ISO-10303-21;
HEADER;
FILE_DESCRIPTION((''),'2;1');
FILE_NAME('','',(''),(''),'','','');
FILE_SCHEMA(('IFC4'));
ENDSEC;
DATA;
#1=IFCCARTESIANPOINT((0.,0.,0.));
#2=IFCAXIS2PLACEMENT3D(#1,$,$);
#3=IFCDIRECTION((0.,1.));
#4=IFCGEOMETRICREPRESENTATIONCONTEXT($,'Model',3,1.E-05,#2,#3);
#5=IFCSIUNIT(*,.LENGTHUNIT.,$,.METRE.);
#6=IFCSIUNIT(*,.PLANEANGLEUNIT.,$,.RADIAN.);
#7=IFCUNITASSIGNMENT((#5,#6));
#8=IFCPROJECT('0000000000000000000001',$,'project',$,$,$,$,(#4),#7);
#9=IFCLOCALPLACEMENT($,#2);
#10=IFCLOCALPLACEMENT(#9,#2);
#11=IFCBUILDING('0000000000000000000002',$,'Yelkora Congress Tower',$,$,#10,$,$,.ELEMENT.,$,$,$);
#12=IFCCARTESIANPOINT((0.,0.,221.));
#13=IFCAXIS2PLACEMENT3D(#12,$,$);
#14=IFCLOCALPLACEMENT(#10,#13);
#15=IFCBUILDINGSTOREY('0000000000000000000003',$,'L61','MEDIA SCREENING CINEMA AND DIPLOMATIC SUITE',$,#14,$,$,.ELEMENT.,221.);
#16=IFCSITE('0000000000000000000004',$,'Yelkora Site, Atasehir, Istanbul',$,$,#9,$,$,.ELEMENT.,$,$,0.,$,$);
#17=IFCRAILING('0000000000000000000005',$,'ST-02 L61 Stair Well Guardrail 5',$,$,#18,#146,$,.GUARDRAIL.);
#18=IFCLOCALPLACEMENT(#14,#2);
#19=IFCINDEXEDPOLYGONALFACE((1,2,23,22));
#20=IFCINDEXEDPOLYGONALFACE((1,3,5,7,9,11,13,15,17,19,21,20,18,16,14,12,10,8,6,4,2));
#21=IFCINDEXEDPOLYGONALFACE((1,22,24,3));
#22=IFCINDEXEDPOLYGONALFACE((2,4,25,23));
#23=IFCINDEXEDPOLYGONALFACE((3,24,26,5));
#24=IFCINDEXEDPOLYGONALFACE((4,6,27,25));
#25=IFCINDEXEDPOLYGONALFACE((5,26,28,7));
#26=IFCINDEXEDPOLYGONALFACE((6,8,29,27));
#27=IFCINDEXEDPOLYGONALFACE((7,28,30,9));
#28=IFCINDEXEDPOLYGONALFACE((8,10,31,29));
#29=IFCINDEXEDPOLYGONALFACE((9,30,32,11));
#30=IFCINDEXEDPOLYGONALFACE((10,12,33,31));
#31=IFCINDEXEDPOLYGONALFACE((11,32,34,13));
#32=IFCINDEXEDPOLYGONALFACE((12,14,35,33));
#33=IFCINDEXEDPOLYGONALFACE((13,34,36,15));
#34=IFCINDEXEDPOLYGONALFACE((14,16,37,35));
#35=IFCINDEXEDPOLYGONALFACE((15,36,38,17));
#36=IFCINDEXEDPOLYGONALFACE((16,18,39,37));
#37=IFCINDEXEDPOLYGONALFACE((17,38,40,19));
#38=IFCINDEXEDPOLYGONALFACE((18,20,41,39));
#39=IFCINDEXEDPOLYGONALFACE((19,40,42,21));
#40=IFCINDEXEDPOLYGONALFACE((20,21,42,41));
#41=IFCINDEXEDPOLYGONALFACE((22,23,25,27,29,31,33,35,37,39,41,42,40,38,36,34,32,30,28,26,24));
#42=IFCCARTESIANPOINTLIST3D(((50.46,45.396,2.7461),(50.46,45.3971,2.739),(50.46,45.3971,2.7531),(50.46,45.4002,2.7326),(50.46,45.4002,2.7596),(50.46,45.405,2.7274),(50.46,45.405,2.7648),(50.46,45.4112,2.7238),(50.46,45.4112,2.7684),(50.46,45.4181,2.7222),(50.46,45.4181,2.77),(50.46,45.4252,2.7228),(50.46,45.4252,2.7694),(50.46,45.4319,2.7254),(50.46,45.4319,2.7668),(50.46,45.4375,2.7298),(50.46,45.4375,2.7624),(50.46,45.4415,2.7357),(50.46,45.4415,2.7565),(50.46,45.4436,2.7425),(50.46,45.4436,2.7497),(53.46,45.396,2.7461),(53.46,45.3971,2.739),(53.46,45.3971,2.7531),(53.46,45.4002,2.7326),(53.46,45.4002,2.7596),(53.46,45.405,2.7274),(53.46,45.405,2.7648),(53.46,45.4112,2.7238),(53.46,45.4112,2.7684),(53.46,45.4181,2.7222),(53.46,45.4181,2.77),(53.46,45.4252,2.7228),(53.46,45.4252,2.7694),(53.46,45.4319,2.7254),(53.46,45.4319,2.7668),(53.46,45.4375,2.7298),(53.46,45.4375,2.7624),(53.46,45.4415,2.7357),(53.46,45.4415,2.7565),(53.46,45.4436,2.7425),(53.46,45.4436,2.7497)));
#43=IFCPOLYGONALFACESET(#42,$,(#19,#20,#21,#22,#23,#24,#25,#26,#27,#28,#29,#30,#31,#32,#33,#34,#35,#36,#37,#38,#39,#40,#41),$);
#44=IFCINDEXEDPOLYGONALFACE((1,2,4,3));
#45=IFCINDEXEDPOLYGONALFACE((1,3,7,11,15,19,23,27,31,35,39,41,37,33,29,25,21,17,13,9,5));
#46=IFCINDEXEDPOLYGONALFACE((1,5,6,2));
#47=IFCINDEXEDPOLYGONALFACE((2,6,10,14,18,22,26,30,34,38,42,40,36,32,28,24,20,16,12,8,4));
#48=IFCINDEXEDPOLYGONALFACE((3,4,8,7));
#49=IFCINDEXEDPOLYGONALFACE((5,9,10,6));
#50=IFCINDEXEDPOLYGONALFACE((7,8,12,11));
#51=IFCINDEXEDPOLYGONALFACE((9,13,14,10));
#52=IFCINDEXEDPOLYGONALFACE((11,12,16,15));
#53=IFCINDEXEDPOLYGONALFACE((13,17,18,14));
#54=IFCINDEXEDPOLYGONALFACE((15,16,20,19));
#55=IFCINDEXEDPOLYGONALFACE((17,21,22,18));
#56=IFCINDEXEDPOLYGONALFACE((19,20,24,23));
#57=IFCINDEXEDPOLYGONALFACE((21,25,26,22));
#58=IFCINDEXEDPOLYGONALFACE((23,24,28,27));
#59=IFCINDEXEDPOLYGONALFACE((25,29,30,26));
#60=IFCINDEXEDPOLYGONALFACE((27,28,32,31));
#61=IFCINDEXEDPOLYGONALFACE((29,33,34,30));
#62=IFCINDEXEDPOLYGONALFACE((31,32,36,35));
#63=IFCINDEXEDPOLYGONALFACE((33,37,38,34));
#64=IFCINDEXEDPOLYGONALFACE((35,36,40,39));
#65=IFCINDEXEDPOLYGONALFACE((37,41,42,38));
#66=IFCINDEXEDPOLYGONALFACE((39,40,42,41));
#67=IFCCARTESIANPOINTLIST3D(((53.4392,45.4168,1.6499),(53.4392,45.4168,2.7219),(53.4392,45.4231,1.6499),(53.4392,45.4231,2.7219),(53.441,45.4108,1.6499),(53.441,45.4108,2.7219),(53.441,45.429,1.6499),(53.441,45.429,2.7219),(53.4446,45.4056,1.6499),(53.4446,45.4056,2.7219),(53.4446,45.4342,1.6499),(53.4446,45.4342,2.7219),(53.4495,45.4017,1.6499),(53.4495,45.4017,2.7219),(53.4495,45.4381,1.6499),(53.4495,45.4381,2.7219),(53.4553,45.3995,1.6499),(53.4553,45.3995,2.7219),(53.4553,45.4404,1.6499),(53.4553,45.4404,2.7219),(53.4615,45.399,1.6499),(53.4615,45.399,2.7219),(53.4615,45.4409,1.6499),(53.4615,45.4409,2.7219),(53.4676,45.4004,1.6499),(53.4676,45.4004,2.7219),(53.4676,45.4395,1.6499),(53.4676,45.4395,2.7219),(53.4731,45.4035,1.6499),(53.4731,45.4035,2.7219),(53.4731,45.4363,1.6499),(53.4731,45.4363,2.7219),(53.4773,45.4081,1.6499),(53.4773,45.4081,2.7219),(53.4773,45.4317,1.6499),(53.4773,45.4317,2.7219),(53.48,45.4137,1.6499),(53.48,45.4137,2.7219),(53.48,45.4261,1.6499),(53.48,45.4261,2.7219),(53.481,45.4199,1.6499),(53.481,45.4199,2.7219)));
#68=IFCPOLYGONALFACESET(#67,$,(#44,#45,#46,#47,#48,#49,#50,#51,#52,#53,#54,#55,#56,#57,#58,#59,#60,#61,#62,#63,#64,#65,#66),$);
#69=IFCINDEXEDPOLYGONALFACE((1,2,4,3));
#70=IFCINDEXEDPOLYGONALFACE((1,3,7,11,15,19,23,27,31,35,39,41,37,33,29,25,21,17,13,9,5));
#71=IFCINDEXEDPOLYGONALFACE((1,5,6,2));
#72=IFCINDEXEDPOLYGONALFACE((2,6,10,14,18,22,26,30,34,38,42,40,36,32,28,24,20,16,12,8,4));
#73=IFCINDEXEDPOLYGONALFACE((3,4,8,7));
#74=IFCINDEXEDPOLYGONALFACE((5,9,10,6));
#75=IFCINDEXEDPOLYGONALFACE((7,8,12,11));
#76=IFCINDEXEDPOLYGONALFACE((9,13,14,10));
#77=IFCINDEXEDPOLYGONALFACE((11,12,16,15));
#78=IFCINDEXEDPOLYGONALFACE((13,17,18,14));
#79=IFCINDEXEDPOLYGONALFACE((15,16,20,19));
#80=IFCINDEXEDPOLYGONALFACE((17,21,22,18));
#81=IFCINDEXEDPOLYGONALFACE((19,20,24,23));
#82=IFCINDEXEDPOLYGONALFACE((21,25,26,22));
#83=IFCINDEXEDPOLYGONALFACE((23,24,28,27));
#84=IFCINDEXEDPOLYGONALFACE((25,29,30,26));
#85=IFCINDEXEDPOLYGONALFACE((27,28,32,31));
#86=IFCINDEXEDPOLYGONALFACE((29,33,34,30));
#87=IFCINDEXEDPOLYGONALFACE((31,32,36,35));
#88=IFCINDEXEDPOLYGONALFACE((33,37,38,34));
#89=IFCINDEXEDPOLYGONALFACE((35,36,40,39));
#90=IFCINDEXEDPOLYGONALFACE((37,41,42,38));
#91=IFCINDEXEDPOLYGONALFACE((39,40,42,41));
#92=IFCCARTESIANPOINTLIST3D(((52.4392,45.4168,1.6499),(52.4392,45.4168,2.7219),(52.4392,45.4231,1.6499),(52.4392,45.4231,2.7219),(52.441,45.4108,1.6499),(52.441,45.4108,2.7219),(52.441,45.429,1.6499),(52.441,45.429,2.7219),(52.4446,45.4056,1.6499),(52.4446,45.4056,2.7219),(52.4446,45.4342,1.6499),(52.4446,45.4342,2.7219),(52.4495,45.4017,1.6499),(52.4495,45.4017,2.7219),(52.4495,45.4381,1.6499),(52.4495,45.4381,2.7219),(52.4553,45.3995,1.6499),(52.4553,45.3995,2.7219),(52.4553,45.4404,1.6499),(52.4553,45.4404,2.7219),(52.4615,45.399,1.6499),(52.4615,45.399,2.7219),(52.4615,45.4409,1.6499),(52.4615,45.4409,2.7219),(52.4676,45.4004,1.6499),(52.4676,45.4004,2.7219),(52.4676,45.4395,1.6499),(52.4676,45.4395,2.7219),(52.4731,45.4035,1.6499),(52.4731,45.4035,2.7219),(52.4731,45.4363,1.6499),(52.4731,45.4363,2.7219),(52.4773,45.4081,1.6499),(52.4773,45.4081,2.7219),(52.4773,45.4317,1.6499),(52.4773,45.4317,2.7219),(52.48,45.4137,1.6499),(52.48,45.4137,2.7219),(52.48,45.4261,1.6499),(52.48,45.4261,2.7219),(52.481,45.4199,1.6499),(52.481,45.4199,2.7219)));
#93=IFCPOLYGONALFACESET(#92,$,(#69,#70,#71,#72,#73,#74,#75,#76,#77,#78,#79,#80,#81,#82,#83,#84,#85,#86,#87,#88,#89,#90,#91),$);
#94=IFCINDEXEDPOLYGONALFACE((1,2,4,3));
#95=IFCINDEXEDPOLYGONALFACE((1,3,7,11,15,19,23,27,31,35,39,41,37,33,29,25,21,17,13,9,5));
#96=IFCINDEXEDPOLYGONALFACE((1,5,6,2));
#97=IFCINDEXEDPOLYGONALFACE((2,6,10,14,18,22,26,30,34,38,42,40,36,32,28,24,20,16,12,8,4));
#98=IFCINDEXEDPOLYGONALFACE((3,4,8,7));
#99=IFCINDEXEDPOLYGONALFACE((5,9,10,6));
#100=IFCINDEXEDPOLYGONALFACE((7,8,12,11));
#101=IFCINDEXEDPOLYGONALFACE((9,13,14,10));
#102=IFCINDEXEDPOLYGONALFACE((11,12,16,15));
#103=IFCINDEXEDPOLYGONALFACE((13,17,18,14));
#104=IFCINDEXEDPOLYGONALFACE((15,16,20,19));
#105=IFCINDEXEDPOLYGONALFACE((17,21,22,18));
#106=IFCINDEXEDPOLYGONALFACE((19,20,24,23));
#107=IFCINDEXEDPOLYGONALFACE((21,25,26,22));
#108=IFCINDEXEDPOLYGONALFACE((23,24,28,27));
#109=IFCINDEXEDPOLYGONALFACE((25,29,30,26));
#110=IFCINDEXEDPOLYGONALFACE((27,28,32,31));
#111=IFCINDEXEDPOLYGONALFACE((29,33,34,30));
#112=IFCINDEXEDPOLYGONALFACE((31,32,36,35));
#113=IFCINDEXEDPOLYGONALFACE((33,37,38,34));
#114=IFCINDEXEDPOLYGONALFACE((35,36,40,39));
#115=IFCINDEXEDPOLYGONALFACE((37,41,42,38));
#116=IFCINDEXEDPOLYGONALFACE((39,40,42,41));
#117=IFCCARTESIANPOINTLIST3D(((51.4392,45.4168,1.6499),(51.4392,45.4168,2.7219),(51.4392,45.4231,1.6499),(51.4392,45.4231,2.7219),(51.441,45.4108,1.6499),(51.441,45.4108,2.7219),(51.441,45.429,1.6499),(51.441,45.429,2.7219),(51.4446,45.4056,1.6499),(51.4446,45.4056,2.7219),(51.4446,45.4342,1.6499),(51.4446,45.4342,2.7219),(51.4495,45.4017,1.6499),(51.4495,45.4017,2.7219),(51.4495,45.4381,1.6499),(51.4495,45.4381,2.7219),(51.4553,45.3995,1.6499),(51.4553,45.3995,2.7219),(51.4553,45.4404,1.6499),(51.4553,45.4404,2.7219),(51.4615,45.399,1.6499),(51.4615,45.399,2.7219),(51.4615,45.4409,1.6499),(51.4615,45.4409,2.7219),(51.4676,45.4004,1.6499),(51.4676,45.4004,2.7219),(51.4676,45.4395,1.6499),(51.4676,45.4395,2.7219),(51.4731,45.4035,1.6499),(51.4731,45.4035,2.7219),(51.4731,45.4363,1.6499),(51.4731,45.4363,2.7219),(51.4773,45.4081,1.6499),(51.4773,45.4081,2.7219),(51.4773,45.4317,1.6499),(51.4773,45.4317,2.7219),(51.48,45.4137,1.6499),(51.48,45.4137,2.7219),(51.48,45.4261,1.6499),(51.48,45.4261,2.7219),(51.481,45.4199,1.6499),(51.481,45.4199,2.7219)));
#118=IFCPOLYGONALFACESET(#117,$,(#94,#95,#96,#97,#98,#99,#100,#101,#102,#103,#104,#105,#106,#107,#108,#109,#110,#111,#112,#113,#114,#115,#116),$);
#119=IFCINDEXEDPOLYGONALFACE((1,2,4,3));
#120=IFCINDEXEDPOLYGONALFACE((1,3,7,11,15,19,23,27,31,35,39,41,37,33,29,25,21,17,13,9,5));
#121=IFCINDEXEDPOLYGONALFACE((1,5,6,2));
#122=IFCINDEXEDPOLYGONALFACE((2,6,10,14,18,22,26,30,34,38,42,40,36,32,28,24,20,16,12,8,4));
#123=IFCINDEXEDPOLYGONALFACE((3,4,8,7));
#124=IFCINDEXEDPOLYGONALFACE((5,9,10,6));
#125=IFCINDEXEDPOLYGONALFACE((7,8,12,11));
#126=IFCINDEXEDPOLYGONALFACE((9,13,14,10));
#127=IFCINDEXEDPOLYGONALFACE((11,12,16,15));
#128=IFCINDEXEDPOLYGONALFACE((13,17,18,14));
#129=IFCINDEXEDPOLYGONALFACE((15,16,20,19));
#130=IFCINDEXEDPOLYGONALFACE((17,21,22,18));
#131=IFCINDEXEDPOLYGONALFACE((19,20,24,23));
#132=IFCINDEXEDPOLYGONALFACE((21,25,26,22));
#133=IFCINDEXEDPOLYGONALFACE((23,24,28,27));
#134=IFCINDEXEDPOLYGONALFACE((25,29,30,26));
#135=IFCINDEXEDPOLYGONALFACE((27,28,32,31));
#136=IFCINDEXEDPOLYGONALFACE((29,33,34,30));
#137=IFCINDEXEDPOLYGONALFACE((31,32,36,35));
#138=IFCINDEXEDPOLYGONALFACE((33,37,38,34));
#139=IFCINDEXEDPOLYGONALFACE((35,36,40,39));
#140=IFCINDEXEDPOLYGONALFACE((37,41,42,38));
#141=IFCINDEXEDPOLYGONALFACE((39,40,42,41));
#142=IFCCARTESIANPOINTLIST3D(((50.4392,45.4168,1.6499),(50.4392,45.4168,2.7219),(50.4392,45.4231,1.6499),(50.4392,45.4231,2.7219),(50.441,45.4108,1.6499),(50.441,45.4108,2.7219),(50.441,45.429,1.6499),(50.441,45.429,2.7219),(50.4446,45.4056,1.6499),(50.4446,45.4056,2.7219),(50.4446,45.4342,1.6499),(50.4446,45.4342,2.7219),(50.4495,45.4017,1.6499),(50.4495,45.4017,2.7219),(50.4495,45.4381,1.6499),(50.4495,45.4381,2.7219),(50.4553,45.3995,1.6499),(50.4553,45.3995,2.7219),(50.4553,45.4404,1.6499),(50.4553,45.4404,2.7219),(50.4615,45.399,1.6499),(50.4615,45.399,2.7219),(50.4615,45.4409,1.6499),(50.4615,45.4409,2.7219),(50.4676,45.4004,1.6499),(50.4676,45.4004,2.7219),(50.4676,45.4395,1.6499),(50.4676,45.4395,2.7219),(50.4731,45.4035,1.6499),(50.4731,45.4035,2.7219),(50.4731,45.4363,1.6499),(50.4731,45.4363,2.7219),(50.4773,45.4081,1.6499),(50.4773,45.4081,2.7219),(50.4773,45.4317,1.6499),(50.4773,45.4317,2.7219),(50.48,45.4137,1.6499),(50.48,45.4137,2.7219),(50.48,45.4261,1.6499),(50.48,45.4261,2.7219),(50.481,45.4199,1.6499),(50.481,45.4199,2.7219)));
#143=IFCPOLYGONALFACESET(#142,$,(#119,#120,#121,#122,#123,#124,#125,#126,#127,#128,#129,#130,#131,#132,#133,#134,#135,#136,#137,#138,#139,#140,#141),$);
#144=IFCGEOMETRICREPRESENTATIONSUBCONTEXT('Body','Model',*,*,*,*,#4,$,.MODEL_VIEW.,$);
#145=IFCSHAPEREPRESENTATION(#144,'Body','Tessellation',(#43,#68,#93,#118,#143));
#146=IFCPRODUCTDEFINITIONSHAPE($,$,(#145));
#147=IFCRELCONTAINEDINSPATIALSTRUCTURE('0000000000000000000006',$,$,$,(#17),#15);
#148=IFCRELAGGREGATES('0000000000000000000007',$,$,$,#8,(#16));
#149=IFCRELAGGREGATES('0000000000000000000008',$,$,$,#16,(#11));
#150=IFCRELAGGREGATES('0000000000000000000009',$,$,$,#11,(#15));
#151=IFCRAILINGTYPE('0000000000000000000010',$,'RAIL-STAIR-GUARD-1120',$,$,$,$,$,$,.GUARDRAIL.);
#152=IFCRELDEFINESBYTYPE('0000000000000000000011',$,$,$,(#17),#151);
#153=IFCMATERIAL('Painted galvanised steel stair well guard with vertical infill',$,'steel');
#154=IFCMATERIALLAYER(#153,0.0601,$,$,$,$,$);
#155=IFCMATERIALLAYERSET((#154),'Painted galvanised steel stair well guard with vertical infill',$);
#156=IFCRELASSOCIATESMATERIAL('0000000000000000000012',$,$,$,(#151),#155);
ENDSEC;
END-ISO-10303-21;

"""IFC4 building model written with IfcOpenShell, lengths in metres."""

from ifc_helpers import new_model, si_unit, direction, frame, origin, origin_2d, place, context, subcontext, project, spatial, circle, extrude, material, layer, layer_set, type_object, element, save


model = new_model("IFC4")

# Units and contexts
model_context = context("Model", 3, precision=1e-05, world=origin(), true_north=direction((0.0, 1.0)))
body_context = subcontext(model_context, "Body", "Model", "MODEL_VIEW")
ifc_project = project(units=[si_unit("LENGTHUNIT", "METRE"), si_unit("PLANEANGLEUNIT", "RADIAN")], contexts=[model_context])

# Site, building, storey
site_placement = place(None, origin())
site = spatial("IfcSite", under=ifc_project, at=site_placement, Name="Yelkora Site, Atasehir, Istanbul", CompositionType="ELEMENT", RefElevation=0.0)
building_placement = place(site_placement, origin())
building = spatial("IfcBuilding", under=site, at=building_placement, Name="Yelkora Congress Tower", CompositionType="ELEMENT")
storey_placement = place(building_placement, frame((0.0, 0.0, 221.0)))
storey = spatial("IfcBuildingStorey", under=building, at=storey_placement, Name="L61", Description="MEDIA SCREENING CINEMA AND DIPLOMATIC SUITE", CompositionType="ELEMENT", Elevation=221.0)

# Railing
ifc_material_1 = material(Name="Painted galvanised steel stair well guard with vertical infill", Category="steel")
ifc_layer_1 = layer(ifc_material_1, 0.0601)
ifc_layer_set_1 = layer_set([ifc_layer_1], Name="Painted galvanised steel stair well guard with vertical infill")
railing_type_1 = type_object("IfcRailingType", Name="RAIL-STAIR-GUARD-1120", PredefinedType="GUARDRAIL", material=ifc_layer_set_1)
railing_1_placement = place(storey_placement, frame((53.46, 45.4199, 1.6499)))
element("IfcRailing", 1, at=railing_1_placement, inside=storey, type_object=railing_type_1, Name="ST-02 L61 Stair Well Guardrail 5", PredefinedType="GUARDRAIL", context=body_context, shape_type="SweptSolid", body=[
    extrude(circle(Radius=0.0239, at=origin_2d()), frame((0.0, 0.0, 1.0962), z_axis=(-1.0, 0.0, 0.0), x_axis=(0.0, -1.0, 0.0)), (0.0, 0.0, 1.0), 3.0),
    extrude(circle(Radius=0.021, at=origin_2d()), origin(), (0.0, 0.0, 1.0), 1.072),
    extrude(circle(Radius=0.021, at=origin_2d()), frame((-1.0, 0.0, 0.0)), (0.0, 0.0, 1.0), 1.072),
    extrude(circle(Radius=0.021, at=origin_2d()), frame((-2.0, 0.0, 0.0)), (0.0, 0.0, 1.0), 1.072),
    extrude(circle(Radius=0.021, at=origin_2d()), frame((-3.0, 0.0, 0.0)), (0.0, 0.0, 1.0), 1.072),
])

save(model, "model.ifc")
